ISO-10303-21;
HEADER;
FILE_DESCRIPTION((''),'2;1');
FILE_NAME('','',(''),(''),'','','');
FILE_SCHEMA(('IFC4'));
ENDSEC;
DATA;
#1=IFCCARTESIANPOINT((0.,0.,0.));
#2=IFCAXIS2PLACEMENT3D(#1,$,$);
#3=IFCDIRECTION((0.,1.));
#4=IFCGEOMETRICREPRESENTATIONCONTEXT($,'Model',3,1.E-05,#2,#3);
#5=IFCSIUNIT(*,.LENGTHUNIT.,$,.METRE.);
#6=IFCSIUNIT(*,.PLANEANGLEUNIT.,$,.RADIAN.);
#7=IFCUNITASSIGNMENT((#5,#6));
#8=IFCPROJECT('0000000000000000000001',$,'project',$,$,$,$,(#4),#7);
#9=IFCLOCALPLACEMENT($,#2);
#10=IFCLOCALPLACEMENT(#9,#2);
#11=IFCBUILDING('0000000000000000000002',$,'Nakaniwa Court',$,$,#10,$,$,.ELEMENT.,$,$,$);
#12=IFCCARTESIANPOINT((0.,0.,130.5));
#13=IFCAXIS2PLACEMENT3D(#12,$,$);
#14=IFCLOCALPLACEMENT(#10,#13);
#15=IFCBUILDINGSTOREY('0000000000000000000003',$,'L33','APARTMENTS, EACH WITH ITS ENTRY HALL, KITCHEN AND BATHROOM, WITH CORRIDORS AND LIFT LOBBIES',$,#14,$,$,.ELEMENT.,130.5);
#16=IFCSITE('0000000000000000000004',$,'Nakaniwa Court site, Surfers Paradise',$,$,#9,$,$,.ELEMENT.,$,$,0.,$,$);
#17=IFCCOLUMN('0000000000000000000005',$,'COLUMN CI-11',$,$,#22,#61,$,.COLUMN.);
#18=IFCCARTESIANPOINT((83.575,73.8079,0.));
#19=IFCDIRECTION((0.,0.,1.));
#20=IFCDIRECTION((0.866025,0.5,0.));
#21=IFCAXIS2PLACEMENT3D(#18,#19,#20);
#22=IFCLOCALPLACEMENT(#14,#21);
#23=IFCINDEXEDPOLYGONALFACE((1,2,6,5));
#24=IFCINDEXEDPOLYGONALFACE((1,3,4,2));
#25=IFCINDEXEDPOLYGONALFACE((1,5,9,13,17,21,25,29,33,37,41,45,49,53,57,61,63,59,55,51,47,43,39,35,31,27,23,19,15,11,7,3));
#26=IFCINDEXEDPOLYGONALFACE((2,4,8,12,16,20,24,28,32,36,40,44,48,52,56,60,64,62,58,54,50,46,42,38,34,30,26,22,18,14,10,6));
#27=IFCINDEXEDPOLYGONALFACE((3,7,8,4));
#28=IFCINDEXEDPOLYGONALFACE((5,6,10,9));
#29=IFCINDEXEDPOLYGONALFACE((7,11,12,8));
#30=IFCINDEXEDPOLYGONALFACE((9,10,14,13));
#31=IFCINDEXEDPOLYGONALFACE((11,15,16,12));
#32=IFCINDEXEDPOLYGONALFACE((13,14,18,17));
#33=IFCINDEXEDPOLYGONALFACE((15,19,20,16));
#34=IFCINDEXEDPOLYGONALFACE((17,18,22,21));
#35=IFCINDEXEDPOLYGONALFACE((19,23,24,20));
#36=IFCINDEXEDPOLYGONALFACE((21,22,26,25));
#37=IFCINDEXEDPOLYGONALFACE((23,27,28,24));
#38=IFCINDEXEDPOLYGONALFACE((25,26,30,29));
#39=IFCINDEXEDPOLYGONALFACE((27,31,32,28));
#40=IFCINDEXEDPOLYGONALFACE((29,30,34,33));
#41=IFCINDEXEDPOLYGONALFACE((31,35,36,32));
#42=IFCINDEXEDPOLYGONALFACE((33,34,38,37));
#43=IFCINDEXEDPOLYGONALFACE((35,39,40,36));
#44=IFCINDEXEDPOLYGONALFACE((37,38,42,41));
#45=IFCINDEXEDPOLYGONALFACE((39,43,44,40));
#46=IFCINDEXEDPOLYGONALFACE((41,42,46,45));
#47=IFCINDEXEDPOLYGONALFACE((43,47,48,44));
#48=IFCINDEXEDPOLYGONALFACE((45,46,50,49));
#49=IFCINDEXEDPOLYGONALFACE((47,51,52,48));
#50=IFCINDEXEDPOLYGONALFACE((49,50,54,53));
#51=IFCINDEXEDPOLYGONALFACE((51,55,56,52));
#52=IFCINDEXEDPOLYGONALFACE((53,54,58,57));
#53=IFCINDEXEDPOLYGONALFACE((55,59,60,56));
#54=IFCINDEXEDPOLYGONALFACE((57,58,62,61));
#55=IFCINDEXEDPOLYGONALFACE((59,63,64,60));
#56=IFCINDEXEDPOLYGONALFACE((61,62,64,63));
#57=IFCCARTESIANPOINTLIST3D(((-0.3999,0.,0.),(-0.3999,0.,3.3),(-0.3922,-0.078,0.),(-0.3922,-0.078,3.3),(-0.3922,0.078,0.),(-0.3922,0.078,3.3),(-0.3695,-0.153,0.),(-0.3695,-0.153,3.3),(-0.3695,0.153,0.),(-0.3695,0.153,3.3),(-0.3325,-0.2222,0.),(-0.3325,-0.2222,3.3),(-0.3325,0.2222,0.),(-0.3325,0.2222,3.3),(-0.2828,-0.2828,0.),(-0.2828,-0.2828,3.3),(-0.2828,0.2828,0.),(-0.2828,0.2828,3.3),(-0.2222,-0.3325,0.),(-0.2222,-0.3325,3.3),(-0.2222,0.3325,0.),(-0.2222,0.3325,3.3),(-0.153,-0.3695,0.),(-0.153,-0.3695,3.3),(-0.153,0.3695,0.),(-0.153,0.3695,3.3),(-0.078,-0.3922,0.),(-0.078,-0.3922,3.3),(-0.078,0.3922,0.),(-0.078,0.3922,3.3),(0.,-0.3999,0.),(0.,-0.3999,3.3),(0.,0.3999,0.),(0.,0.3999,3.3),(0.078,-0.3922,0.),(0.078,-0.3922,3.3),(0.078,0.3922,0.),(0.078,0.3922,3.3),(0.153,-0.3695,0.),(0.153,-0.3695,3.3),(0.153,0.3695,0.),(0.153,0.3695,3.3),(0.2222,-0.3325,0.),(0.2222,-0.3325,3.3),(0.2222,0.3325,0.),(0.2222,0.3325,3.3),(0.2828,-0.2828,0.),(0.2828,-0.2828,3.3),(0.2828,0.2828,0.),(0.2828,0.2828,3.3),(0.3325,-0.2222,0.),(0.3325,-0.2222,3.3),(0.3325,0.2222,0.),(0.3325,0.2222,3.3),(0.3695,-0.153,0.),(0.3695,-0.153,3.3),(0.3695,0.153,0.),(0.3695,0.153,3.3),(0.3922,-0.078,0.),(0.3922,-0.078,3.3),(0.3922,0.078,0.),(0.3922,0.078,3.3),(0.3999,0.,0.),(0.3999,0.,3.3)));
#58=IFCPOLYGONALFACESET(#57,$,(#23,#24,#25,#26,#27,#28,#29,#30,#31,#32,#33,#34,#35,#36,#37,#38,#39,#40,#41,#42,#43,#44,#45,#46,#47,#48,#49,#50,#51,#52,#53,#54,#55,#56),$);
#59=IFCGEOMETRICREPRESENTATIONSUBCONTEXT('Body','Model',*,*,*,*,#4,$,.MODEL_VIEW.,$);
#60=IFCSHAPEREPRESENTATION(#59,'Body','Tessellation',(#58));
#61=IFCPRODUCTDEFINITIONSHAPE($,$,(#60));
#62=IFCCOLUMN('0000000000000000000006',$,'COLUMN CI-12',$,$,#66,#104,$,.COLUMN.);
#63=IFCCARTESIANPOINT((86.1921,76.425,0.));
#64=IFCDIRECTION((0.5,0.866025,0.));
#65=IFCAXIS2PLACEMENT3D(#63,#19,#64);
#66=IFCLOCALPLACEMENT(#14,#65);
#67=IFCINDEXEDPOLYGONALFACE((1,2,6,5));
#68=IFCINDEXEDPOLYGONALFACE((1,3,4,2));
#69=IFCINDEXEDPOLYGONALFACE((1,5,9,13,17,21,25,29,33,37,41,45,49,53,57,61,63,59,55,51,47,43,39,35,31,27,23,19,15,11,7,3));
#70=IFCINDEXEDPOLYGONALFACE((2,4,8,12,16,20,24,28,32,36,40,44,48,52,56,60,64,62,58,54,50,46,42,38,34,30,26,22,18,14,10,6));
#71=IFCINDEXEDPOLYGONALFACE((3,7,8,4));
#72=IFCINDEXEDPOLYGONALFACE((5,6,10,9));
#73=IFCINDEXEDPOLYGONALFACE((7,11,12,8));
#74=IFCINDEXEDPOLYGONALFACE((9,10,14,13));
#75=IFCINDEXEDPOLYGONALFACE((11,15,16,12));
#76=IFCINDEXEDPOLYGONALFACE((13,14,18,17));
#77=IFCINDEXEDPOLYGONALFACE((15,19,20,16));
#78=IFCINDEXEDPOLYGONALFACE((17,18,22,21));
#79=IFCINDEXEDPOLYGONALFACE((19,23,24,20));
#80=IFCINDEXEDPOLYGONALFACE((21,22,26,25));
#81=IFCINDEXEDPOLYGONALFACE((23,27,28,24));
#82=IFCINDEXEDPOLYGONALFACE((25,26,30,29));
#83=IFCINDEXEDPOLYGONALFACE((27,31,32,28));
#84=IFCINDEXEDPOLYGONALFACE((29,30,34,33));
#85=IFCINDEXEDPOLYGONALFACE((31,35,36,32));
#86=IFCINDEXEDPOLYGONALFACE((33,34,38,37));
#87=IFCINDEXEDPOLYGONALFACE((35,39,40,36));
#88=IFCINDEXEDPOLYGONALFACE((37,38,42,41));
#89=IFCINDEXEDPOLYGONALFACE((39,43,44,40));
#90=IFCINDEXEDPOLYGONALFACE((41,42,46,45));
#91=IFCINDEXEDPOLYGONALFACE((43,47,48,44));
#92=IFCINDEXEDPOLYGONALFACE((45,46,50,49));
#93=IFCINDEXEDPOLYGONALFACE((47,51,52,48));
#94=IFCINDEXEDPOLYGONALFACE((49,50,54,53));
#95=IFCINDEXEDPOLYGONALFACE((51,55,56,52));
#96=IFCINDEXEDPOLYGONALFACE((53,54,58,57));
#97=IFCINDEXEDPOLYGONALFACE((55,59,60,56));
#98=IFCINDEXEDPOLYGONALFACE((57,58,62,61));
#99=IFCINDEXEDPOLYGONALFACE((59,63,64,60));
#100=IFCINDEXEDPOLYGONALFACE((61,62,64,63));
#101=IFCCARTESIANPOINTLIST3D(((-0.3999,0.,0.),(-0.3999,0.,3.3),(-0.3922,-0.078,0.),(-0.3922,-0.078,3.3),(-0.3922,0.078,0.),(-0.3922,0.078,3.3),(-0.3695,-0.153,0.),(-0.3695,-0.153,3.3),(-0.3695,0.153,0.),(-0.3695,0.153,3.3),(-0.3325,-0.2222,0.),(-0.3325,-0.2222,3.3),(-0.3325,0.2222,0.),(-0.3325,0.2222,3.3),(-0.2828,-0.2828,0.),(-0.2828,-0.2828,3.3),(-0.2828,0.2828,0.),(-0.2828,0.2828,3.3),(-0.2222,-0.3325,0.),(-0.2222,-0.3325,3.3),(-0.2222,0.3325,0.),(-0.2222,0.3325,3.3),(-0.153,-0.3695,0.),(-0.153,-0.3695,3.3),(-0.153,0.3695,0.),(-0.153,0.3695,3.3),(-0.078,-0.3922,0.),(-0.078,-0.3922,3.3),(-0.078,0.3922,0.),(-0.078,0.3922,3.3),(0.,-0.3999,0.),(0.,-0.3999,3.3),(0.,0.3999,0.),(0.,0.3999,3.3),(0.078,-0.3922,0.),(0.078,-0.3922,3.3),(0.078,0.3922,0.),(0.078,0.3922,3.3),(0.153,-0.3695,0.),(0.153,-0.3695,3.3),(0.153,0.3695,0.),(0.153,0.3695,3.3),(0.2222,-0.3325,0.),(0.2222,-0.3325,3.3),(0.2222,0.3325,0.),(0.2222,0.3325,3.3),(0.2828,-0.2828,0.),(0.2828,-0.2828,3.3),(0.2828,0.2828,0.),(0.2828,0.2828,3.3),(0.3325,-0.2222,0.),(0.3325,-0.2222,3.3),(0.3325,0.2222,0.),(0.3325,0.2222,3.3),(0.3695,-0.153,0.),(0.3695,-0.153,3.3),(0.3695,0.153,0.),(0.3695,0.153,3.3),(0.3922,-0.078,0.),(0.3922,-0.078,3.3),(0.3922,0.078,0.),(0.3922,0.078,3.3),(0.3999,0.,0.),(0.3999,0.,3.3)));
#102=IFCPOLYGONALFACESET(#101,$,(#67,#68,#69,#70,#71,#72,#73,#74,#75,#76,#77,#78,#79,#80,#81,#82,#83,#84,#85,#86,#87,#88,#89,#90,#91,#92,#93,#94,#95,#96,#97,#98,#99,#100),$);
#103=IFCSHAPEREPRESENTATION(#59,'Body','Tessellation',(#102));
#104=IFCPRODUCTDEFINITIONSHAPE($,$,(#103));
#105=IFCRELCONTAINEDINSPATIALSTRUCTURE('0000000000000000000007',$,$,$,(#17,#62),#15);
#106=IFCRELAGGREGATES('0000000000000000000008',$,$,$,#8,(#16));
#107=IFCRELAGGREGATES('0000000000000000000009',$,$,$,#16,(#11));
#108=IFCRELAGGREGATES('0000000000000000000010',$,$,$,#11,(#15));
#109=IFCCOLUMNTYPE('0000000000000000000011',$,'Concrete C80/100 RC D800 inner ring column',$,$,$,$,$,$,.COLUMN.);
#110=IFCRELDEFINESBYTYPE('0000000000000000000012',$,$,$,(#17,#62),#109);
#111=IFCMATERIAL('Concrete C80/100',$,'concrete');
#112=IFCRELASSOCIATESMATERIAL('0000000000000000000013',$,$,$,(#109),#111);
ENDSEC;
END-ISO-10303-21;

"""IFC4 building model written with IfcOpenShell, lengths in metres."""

from ifc_helpers import new_model, si_unit, direction, frame, origin, origin_2d, place, context, subcontext, project, spatial, circle, extrude, material, material_profile, profile_set, type_object, element, save


model = new_model("IFC4")

# Units and contexts
model_context = context("Model", 3, precision=1e-05, world=origin(), true_north=direction((0.0, 1.0)))
body_context = subcontext(model_context, "Body", "Model", "MODEL_VIEW")
ifc_project = project(units=[si_unit("LENGTHUNIT", "METRE"), si_unit("PLANEANGLEUNIT", "RADIAN")], contexts=[model_context])

# Site, building, storey
site_placement = place(None, origin())
site = spatial("IfcSite", under=ifc_project, at=site_placement, Name="Nakaniwa Court site, Surfers Paradise", CompositionType="ELEMENT", RefElevation=0.0)
building_placement = place(site_placement, origin())
building = spatial("IfcBuilding", under=site, at=building_placement, Name="Nakaniwa Court", CompositionType="ELEMENT")
storey_placement = place(building_placement, frame((0.0, 0.0, 130.5)))
storey = spatial("IfcBuildingStorey", under=building, at=storey_placement, Name="L33", Description="APARTMENTS, EACH WITH ITS ENTRY HALL, KITCHEN AND BATHROOM, WITH CORRIDORS AND LIFT LOBBIES", CompositionType="ELEMENT", Elevation=130.5)

# Columns
ifc_material_1 = material(Name="Concrete C80/100", Category="concrete")
ifc_material_profile_1 = material_profile(ifc_material_1, circle(Radius=0.3999, at=origin_2d()), Name="Concrete C80/100 RC D800 inner ring column")
ifc_profile_set_1 = profile_set([ifc_material_profile_1], Name="Concrete C80/100")
column_type = type_object("IfcColumnType", Name="Concrete C80/100 RC D800 inner ring column", PredefinedType="COLUMN", material=ifc_profile_set_1)
for number, where, z_axis, x_axis, name in (
    (1, (83.575, 73.8079, 0.0), (0.0, 0.0, 1.0), (0.866025, 0.5, 0.0), "COLUMN CI-11"),
    (2, (86.1921, 76.425, 0.0), (0.0, 0.0, 1.0), (0.5, 0.866025, 0.0), "COLUMN CI-12"),
):
    element("IfcColumn", number, at=place(storey_placement, frame(where, z_axis=z_axis, x_axis=x_axis)), inside=storey, type_object=column_type, Name=name, PredefinedType="COLUMN", context=body_context, shape_type="SweptSolid", body=[
        extrude(circle(Radius=0.3999, at=origin_2d()), origin(), (0.0, 0.0, 1.0), 3.3),
    ])

save(model, "model.ifc")
